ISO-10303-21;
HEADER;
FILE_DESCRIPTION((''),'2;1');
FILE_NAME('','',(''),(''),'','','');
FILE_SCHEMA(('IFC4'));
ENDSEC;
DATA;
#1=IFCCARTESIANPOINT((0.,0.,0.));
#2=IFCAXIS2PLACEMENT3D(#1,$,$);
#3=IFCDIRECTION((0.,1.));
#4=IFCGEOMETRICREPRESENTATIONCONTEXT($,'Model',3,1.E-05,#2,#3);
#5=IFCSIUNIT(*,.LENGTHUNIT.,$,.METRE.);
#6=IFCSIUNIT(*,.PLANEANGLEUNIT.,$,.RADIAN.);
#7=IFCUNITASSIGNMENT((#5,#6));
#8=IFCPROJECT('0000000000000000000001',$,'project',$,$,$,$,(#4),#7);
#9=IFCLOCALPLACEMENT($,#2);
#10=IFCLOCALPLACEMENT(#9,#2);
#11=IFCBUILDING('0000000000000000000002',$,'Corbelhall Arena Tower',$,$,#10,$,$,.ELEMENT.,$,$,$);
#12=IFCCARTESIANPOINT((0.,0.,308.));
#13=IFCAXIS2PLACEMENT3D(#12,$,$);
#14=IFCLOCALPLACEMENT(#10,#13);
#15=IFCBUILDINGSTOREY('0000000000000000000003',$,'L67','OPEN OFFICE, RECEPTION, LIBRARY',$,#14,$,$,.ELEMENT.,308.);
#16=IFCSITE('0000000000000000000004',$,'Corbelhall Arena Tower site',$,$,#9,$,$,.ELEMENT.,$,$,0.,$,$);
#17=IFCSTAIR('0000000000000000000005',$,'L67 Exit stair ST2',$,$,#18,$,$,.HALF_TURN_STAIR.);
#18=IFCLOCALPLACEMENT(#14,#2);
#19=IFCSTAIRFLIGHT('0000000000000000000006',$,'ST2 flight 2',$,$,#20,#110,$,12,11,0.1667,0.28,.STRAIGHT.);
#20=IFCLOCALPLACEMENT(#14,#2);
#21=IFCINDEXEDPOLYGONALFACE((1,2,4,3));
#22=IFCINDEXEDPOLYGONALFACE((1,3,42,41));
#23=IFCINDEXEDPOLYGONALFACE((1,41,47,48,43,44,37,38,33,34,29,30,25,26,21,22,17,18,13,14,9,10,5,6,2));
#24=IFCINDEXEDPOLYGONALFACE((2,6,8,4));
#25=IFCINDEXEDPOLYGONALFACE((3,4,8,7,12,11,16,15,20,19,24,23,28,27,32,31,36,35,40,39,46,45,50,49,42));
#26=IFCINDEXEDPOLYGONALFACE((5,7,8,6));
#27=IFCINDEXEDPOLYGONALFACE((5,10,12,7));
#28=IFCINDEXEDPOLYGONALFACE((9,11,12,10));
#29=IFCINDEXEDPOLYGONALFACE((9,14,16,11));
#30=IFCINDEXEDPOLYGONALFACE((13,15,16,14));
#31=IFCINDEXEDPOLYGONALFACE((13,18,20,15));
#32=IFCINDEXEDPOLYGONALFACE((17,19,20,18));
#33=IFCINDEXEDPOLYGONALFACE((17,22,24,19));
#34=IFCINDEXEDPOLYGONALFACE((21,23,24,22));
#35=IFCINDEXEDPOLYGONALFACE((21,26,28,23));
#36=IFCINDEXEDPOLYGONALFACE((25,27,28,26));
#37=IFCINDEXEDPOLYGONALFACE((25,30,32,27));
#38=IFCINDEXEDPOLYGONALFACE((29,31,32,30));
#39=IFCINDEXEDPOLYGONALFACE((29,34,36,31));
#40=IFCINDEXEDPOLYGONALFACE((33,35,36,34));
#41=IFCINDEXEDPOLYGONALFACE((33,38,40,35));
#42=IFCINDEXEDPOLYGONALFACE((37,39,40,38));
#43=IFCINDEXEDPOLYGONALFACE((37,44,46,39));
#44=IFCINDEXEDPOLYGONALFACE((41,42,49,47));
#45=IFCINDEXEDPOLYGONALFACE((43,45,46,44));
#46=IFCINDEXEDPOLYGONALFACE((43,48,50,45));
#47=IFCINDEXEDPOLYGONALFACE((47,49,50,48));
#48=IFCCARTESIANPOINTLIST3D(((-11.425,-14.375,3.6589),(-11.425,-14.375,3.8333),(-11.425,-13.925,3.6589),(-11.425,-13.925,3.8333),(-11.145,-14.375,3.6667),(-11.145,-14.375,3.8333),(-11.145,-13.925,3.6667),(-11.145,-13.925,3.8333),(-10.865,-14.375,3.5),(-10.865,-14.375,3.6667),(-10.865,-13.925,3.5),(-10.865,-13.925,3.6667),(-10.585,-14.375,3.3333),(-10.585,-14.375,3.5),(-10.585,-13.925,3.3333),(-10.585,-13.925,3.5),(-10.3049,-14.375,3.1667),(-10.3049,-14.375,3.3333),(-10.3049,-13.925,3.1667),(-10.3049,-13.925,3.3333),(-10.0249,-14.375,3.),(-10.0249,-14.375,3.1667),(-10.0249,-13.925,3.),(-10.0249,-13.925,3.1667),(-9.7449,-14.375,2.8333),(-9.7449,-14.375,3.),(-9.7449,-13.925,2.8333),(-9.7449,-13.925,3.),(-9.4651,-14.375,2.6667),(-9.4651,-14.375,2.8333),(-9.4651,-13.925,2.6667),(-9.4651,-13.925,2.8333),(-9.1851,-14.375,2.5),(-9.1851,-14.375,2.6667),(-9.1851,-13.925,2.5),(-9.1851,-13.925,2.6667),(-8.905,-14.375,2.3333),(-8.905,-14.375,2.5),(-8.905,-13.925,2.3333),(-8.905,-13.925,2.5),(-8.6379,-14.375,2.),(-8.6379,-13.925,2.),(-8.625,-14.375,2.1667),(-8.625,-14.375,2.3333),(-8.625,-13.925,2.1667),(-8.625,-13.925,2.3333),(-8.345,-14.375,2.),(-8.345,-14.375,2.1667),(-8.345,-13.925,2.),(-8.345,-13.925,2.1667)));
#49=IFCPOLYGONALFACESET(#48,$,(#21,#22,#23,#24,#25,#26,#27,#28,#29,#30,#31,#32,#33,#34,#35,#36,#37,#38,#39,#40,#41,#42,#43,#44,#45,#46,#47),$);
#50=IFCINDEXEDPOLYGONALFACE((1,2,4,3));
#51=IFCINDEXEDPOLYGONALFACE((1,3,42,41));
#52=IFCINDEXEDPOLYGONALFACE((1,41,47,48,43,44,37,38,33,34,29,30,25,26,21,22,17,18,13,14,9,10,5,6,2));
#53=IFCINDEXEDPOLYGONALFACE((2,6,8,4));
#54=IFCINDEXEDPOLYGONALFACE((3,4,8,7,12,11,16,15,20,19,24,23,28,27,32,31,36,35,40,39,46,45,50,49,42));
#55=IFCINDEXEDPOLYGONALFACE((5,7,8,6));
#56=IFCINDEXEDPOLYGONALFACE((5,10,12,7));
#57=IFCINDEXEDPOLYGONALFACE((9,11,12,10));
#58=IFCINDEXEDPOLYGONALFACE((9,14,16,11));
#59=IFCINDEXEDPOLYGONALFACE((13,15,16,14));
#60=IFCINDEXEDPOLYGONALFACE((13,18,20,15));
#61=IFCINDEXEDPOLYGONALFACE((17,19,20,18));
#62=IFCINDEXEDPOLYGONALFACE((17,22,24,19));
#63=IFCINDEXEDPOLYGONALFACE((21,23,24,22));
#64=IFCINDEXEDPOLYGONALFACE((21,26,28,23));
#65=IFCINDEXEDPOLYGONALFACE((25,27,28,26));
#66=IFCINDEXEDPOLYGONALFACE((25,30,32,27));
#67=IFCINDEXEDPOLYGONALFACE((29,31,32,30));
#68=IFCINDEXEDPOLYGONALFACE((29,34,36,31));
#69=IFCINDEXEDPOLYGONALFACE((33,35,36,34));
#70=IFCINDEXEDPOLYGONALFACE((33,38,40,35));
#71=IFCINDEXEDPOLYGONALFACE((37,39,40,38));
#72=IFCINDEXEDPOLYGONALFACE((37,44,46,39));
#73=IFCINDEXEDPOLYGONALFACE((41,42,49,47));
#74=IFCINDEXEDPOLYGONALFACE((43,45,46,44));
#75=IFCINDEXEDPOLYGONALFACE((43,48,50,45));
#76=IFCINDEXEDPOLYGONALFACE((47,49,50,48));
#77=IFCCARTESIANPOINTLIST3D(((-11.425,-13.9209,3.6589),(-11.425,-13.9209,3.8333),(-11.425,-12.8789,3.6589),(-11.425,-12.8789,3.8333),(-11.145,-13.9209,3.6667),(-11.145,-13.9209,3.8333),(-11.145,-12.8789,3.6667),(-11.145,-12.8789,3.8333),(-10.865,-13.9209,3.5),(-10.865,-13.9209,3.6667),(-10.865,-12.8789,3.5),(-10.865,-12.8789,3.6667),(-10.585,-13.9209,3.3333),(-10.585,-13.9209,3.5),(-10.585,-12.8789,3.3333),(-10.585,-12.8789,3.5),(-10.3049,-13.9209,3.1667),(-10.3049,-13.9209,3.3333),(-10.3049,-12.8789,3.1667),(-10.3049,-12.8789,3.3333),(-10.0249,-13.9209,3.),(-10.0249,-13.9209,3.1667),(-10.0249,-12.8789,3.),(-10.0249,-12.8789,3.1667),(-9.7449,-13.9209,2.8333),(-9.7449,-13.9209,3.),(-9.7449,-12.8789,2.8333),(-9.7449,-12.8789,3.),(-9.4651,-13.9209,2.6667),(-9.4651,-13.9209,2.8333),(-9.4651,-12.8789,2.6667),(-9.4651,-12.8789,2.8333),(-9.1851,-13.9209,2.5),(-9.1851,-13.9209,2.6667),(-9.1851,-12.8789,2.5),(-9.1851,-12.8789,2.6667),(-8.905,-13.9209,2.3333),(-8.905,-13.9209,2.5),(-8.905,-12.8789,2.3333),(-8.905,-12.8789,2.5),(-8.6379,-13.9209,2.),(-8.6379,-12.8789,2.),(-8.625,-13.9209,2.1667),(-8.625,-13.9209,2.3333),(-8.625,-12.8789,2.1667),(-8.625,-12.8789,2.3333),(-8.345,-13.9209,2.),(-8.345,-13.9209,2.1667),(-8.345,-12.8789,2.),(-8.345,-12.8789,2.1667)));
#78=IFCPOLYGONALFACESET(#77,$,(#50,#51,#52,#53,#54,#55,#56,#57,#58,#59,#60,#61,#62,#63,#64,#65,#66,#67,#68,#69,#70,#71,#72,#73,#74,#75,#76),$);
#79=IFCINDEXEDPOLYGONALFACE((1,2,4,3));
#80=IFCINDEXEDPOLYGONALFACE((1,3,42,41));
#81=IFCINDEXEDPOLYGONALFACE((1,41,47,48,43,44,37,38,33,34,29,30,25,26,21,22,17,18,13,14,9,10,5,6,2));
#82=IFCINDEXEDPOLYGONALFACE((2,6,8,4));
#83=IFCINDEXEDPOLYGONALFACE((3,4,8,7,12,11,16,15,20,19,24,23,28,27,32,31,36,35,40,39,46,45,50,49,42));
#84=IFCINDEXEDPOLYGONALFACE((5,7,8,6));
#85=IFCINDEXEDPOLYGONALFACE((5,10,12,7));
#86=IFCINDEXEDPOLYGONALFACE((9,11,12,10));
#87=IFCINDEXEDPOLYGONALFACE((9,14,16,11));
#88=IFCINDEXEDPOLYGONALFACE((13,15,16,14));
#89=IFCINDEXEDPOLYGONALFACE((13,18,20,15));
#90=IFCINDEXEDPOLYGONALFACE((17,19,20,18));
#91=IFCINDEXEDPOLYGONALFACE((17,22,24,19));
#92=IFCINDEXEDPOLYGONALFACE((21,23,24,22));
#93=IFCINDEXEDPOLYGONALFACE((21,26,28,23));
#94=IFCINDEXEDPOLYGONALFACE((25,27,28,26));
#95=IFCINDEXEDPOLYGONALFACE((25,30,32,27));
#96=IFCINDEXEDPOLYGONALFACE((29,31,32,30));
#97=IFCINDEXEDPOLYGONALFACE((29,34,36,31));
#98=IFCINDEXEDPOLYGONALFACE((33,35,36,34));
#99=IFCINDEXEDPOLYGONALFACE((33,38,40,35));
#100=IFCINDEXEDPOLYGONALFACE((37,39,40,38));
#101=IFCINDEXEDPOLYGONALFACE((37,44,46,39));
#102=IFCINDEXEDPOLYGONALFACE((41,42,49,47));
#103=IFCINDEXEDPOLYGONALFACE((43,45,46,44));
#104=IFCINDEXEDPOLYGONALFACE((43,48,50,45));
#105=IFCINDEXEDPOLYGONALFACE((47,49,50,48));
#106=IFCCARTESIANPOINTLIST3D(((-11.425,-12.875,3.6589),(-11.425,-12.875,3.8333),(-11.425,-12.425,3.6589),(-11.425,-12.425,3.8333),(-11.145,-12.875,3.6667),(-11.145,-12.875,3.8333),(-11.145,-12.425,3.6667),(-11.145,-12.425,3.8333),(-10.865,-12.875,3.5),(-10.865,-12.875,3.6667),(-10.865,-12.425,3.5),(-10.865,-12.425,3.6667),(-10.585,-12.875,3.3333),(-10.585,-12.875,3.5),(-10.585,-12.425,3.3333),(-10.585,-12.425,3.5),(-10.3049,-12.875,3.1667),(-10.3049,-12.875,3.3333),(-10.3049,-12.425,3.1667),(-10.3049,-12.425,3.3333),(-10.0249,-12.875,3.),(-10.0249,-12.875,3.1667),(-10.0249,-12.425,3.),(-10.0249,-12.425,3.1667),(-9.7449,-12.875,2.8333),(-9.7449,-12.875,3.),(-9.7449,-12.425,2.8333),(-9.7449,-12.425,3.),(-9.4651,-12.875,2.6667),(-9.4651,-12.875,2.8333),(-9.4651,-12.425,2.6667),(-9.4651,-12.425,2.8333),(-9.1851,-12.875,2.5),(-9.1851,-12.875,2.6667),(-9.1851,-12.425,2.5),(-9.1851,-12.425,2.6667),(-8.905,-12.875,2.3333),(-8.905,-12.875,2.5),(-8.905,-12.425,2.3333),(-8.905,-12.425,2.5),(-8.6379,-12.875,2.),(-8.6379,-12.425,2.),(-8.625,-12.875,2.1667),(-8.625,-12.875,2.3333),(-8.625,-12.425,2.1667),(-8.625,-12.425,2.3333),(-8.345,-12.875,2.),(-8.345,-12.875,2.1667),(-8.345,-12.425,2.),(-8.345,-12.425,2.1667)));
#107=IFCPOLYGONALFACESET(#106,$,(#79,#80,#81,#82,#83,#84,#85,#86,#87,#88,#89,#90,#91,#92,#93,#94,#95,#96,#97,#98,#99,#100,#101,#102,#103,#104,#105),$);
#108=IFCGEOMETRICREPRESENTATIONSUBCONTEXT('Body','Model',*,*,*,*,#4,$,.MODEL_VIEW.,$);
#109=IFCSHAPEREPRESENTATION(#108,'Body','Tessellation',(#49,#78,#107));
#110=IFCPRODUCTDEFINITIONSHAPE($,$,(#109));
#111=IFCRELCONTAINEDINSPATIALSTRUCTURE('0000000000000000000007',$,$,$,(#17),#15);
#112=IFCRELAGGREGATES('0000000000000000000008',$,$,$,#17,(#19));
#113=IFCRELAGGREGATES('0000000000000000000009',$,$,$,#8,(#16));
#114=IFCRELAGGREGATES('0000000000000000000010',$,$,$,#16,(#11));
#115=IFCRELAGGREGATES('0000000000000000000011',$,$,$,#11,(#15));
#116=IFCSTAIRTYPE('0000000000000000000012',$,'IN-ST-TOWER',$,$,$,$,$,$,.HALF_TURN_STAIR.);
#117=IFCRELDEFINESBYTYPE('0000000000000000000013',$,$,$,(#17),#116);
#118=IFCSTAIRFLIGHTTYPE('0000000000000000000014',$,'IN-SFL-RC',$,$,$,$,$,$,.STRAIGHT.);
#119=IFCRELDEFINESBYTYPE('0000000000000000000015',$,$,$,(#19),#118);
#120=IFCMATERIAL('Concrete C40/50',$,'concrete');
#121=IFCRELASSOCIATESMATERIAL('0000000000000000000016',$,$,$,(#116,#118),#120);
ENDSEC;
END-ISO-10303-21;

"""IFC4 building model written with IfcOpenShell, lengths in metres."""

from ifc_helpers import new_model, si_unit, direction, frame, origin, place, context, subcontext, project, spatial, polyline, outline, extrude, material, type_object, element, aggregate, save


model = new_model("IFC4")

# Units and contexts
model_context = context("Model", 3, precision=1e-05, world=origin(), true_north=direction((0.0, 1.0)))
body_context = subcontext(model_context, "Body", "Model", "MODEL_VIEW")
ifc_project = project(units=[si_unit("LENGTHUNIT", "METRE"), si_unit("PLANEANGLEUNIT", "RADIAN")], contexts=[model_context])

# Site, building, storey
site_placement = place(None, origin())
site = spatial("IfcSite", under=ifc_project, at=site_placement, Name="Corbelhall Arena Tower site", CompositionType="ELEMENT", RefElevation=0.0)
building_placement = place(site_placement, origin())
building = spatial("IfcBuilding", under=site, at=building_placement, Name="Corbelhall Arena Tower", CompositionType="ELEMENT")
storey_placement = place(building_placement, frame((0.0, 0.0, 308.0)))
storey = spatial("IfcBuildingStorey", under=building, at=storey_placement, Name="L67", Description="OPEN OFFICE, RECEPTION, LIBRARY", CompositionType="ELEMENT", Elevation=308.0)

# Shared definitions
ifc_material_1 = material(Name="Concrete C40/50", Category="concrete")

# Stair, stair flight
stair_type = type_object("IfcStairType", Name="IN-ST-TOWER", PredefinedType="HALF_TURN_STAIR", material=ifc_material_1)
stair_placement = place(storey_placement, origin())
stair = element("IfcStair", 1, at=stair_placement, inside=storey, type_object=stair_type, Name="L67 Exit stair ST2", PredefinedType="HALF_TURN_STAIR")
stair_flight_type = type_object("IfcStairFlightType", Name="IN-SFL-RC", PredefinedType="STRAIGHT", material=ifc_material_1)
stair_flight_1_placement = place(storey_placement, frame((-8.345, -13.3999, 2.0), z_axis=(0.0, 0.0, 1.0), x_axis=(-1.0, 0.0, 0.0)))
stair_flight_1 = element("IfcStairFlight", 2, at=stair_flight_1_placement, type_object=stair_flight_type, Name="ST2 flight 2", NumberOfRisers=12, NumberOfTreads=11, PredefinedType="STRAIGHT", RiserHeight=0.1667, TreadLength=0.28, context=body_context, shape_type="SweptSolid", body=[
    extrude(outline(polyline([(0.0, 0.0), (0.0, 0.1667), (0.28, 0.1667), (0.28, 0.3333), (0.5601, 0.3333), (0.5601, 0.5), (0.8401, 0.5), (0.8401, 0.6667), (1.1201, 0.6667), (1.1201, 0.8333), (1.3999, 0.8333), (1.3999, 1.0), (1.6799, 1.0), (1.6799, 1.1667), (1.96, 1.1667), (1.96, 1.3333), (2.24, 1.3333), (2.24, 1.5), (2.52, 1.5), (2.52, 1.6667), (2.8, 1.6667), (2.8, 1.8333), (3.0801, 1.8333), (3.0801, 2.0), (3.0801, 1.6589), (0.293, 0.0), (0.0, 0.0)])), frame((0.0, 0.9751, 0.0), z_axis=(0.0, -1.0, 0.0), x_axis=(1.0, 0.0, 0.0)), (0.0, 0.0, 1.0), 0.45),
    extrude(outline(polyline([(0.0, 0.0), (0.0, 0.1667), (0.28, 0.1667), (0.28, 0.3333), (0.5601, 0.3333), (0.5601, 0.5), (0.8401, 0.5), (0.8401, 0.6667), (1.1201, 0.6667), (1.1201, 0.8333), (1.3999, 0.8333), (1.3999, 1.0), (1.6799, 1.0), (1.6799, 1.1667), (1.96, 1.1667), (1.96, 1.3333), (2.24, 1.3333), (2.24, 1.5), (2.52, 1.5), (2.52, 1.6667), (2.8, 1.6667), (2.8, 1.8333), (3.0801, 1.8333), (3.0801, 2.0), (3.0801, 1.6589), (0.293, 0.0), (0.0, 0.0)])), frame((0.0, 0.521, 0.0), z_axis=(0.0, -1.0, 0.0), x_axis=(1.0, 0.0, 0.0)), (0.0, 0.0, 1.0), 1.042),
    extrude(outline(polyline([(0.0, 0.0), (0.0, 0.1667), (0.28, 0.1667), (0.28, 0.3333), (0.5601, 0.3333), (0.5601, 0.5), (0.8401, 0.5), (0.8401, 0.6667), (1.1201, 0.6667), (1.1201, 0.8333), (1.3999, 0.8333), (1.3999, 1.0), (1.6799, 1.0), (1.6799, 1.1667), (1.96, 1.1667), (1.96, 1.3333), (2.24, 1.3333), (2.24, 1.5), (2.52, 1.5), (2.52, 1.6667), (2.8, 1.6667), (2.8, 1.8333), (3.0801, 1.8333), (3.0801, 2.0), (3.0801, 1.6589), (0.293, 0.0), (0.0, 0.0)])), frame((0.0, -0.5249, 0.0), z_axis=(0.0, -1.0, 0.0), x_axis=(1.0, 0.0, 0.0)), (0.0, 0.0, 1.0), 0.45),
])
aggregate(stair, [stair_flight_1])

save(model, "model.ifc")
